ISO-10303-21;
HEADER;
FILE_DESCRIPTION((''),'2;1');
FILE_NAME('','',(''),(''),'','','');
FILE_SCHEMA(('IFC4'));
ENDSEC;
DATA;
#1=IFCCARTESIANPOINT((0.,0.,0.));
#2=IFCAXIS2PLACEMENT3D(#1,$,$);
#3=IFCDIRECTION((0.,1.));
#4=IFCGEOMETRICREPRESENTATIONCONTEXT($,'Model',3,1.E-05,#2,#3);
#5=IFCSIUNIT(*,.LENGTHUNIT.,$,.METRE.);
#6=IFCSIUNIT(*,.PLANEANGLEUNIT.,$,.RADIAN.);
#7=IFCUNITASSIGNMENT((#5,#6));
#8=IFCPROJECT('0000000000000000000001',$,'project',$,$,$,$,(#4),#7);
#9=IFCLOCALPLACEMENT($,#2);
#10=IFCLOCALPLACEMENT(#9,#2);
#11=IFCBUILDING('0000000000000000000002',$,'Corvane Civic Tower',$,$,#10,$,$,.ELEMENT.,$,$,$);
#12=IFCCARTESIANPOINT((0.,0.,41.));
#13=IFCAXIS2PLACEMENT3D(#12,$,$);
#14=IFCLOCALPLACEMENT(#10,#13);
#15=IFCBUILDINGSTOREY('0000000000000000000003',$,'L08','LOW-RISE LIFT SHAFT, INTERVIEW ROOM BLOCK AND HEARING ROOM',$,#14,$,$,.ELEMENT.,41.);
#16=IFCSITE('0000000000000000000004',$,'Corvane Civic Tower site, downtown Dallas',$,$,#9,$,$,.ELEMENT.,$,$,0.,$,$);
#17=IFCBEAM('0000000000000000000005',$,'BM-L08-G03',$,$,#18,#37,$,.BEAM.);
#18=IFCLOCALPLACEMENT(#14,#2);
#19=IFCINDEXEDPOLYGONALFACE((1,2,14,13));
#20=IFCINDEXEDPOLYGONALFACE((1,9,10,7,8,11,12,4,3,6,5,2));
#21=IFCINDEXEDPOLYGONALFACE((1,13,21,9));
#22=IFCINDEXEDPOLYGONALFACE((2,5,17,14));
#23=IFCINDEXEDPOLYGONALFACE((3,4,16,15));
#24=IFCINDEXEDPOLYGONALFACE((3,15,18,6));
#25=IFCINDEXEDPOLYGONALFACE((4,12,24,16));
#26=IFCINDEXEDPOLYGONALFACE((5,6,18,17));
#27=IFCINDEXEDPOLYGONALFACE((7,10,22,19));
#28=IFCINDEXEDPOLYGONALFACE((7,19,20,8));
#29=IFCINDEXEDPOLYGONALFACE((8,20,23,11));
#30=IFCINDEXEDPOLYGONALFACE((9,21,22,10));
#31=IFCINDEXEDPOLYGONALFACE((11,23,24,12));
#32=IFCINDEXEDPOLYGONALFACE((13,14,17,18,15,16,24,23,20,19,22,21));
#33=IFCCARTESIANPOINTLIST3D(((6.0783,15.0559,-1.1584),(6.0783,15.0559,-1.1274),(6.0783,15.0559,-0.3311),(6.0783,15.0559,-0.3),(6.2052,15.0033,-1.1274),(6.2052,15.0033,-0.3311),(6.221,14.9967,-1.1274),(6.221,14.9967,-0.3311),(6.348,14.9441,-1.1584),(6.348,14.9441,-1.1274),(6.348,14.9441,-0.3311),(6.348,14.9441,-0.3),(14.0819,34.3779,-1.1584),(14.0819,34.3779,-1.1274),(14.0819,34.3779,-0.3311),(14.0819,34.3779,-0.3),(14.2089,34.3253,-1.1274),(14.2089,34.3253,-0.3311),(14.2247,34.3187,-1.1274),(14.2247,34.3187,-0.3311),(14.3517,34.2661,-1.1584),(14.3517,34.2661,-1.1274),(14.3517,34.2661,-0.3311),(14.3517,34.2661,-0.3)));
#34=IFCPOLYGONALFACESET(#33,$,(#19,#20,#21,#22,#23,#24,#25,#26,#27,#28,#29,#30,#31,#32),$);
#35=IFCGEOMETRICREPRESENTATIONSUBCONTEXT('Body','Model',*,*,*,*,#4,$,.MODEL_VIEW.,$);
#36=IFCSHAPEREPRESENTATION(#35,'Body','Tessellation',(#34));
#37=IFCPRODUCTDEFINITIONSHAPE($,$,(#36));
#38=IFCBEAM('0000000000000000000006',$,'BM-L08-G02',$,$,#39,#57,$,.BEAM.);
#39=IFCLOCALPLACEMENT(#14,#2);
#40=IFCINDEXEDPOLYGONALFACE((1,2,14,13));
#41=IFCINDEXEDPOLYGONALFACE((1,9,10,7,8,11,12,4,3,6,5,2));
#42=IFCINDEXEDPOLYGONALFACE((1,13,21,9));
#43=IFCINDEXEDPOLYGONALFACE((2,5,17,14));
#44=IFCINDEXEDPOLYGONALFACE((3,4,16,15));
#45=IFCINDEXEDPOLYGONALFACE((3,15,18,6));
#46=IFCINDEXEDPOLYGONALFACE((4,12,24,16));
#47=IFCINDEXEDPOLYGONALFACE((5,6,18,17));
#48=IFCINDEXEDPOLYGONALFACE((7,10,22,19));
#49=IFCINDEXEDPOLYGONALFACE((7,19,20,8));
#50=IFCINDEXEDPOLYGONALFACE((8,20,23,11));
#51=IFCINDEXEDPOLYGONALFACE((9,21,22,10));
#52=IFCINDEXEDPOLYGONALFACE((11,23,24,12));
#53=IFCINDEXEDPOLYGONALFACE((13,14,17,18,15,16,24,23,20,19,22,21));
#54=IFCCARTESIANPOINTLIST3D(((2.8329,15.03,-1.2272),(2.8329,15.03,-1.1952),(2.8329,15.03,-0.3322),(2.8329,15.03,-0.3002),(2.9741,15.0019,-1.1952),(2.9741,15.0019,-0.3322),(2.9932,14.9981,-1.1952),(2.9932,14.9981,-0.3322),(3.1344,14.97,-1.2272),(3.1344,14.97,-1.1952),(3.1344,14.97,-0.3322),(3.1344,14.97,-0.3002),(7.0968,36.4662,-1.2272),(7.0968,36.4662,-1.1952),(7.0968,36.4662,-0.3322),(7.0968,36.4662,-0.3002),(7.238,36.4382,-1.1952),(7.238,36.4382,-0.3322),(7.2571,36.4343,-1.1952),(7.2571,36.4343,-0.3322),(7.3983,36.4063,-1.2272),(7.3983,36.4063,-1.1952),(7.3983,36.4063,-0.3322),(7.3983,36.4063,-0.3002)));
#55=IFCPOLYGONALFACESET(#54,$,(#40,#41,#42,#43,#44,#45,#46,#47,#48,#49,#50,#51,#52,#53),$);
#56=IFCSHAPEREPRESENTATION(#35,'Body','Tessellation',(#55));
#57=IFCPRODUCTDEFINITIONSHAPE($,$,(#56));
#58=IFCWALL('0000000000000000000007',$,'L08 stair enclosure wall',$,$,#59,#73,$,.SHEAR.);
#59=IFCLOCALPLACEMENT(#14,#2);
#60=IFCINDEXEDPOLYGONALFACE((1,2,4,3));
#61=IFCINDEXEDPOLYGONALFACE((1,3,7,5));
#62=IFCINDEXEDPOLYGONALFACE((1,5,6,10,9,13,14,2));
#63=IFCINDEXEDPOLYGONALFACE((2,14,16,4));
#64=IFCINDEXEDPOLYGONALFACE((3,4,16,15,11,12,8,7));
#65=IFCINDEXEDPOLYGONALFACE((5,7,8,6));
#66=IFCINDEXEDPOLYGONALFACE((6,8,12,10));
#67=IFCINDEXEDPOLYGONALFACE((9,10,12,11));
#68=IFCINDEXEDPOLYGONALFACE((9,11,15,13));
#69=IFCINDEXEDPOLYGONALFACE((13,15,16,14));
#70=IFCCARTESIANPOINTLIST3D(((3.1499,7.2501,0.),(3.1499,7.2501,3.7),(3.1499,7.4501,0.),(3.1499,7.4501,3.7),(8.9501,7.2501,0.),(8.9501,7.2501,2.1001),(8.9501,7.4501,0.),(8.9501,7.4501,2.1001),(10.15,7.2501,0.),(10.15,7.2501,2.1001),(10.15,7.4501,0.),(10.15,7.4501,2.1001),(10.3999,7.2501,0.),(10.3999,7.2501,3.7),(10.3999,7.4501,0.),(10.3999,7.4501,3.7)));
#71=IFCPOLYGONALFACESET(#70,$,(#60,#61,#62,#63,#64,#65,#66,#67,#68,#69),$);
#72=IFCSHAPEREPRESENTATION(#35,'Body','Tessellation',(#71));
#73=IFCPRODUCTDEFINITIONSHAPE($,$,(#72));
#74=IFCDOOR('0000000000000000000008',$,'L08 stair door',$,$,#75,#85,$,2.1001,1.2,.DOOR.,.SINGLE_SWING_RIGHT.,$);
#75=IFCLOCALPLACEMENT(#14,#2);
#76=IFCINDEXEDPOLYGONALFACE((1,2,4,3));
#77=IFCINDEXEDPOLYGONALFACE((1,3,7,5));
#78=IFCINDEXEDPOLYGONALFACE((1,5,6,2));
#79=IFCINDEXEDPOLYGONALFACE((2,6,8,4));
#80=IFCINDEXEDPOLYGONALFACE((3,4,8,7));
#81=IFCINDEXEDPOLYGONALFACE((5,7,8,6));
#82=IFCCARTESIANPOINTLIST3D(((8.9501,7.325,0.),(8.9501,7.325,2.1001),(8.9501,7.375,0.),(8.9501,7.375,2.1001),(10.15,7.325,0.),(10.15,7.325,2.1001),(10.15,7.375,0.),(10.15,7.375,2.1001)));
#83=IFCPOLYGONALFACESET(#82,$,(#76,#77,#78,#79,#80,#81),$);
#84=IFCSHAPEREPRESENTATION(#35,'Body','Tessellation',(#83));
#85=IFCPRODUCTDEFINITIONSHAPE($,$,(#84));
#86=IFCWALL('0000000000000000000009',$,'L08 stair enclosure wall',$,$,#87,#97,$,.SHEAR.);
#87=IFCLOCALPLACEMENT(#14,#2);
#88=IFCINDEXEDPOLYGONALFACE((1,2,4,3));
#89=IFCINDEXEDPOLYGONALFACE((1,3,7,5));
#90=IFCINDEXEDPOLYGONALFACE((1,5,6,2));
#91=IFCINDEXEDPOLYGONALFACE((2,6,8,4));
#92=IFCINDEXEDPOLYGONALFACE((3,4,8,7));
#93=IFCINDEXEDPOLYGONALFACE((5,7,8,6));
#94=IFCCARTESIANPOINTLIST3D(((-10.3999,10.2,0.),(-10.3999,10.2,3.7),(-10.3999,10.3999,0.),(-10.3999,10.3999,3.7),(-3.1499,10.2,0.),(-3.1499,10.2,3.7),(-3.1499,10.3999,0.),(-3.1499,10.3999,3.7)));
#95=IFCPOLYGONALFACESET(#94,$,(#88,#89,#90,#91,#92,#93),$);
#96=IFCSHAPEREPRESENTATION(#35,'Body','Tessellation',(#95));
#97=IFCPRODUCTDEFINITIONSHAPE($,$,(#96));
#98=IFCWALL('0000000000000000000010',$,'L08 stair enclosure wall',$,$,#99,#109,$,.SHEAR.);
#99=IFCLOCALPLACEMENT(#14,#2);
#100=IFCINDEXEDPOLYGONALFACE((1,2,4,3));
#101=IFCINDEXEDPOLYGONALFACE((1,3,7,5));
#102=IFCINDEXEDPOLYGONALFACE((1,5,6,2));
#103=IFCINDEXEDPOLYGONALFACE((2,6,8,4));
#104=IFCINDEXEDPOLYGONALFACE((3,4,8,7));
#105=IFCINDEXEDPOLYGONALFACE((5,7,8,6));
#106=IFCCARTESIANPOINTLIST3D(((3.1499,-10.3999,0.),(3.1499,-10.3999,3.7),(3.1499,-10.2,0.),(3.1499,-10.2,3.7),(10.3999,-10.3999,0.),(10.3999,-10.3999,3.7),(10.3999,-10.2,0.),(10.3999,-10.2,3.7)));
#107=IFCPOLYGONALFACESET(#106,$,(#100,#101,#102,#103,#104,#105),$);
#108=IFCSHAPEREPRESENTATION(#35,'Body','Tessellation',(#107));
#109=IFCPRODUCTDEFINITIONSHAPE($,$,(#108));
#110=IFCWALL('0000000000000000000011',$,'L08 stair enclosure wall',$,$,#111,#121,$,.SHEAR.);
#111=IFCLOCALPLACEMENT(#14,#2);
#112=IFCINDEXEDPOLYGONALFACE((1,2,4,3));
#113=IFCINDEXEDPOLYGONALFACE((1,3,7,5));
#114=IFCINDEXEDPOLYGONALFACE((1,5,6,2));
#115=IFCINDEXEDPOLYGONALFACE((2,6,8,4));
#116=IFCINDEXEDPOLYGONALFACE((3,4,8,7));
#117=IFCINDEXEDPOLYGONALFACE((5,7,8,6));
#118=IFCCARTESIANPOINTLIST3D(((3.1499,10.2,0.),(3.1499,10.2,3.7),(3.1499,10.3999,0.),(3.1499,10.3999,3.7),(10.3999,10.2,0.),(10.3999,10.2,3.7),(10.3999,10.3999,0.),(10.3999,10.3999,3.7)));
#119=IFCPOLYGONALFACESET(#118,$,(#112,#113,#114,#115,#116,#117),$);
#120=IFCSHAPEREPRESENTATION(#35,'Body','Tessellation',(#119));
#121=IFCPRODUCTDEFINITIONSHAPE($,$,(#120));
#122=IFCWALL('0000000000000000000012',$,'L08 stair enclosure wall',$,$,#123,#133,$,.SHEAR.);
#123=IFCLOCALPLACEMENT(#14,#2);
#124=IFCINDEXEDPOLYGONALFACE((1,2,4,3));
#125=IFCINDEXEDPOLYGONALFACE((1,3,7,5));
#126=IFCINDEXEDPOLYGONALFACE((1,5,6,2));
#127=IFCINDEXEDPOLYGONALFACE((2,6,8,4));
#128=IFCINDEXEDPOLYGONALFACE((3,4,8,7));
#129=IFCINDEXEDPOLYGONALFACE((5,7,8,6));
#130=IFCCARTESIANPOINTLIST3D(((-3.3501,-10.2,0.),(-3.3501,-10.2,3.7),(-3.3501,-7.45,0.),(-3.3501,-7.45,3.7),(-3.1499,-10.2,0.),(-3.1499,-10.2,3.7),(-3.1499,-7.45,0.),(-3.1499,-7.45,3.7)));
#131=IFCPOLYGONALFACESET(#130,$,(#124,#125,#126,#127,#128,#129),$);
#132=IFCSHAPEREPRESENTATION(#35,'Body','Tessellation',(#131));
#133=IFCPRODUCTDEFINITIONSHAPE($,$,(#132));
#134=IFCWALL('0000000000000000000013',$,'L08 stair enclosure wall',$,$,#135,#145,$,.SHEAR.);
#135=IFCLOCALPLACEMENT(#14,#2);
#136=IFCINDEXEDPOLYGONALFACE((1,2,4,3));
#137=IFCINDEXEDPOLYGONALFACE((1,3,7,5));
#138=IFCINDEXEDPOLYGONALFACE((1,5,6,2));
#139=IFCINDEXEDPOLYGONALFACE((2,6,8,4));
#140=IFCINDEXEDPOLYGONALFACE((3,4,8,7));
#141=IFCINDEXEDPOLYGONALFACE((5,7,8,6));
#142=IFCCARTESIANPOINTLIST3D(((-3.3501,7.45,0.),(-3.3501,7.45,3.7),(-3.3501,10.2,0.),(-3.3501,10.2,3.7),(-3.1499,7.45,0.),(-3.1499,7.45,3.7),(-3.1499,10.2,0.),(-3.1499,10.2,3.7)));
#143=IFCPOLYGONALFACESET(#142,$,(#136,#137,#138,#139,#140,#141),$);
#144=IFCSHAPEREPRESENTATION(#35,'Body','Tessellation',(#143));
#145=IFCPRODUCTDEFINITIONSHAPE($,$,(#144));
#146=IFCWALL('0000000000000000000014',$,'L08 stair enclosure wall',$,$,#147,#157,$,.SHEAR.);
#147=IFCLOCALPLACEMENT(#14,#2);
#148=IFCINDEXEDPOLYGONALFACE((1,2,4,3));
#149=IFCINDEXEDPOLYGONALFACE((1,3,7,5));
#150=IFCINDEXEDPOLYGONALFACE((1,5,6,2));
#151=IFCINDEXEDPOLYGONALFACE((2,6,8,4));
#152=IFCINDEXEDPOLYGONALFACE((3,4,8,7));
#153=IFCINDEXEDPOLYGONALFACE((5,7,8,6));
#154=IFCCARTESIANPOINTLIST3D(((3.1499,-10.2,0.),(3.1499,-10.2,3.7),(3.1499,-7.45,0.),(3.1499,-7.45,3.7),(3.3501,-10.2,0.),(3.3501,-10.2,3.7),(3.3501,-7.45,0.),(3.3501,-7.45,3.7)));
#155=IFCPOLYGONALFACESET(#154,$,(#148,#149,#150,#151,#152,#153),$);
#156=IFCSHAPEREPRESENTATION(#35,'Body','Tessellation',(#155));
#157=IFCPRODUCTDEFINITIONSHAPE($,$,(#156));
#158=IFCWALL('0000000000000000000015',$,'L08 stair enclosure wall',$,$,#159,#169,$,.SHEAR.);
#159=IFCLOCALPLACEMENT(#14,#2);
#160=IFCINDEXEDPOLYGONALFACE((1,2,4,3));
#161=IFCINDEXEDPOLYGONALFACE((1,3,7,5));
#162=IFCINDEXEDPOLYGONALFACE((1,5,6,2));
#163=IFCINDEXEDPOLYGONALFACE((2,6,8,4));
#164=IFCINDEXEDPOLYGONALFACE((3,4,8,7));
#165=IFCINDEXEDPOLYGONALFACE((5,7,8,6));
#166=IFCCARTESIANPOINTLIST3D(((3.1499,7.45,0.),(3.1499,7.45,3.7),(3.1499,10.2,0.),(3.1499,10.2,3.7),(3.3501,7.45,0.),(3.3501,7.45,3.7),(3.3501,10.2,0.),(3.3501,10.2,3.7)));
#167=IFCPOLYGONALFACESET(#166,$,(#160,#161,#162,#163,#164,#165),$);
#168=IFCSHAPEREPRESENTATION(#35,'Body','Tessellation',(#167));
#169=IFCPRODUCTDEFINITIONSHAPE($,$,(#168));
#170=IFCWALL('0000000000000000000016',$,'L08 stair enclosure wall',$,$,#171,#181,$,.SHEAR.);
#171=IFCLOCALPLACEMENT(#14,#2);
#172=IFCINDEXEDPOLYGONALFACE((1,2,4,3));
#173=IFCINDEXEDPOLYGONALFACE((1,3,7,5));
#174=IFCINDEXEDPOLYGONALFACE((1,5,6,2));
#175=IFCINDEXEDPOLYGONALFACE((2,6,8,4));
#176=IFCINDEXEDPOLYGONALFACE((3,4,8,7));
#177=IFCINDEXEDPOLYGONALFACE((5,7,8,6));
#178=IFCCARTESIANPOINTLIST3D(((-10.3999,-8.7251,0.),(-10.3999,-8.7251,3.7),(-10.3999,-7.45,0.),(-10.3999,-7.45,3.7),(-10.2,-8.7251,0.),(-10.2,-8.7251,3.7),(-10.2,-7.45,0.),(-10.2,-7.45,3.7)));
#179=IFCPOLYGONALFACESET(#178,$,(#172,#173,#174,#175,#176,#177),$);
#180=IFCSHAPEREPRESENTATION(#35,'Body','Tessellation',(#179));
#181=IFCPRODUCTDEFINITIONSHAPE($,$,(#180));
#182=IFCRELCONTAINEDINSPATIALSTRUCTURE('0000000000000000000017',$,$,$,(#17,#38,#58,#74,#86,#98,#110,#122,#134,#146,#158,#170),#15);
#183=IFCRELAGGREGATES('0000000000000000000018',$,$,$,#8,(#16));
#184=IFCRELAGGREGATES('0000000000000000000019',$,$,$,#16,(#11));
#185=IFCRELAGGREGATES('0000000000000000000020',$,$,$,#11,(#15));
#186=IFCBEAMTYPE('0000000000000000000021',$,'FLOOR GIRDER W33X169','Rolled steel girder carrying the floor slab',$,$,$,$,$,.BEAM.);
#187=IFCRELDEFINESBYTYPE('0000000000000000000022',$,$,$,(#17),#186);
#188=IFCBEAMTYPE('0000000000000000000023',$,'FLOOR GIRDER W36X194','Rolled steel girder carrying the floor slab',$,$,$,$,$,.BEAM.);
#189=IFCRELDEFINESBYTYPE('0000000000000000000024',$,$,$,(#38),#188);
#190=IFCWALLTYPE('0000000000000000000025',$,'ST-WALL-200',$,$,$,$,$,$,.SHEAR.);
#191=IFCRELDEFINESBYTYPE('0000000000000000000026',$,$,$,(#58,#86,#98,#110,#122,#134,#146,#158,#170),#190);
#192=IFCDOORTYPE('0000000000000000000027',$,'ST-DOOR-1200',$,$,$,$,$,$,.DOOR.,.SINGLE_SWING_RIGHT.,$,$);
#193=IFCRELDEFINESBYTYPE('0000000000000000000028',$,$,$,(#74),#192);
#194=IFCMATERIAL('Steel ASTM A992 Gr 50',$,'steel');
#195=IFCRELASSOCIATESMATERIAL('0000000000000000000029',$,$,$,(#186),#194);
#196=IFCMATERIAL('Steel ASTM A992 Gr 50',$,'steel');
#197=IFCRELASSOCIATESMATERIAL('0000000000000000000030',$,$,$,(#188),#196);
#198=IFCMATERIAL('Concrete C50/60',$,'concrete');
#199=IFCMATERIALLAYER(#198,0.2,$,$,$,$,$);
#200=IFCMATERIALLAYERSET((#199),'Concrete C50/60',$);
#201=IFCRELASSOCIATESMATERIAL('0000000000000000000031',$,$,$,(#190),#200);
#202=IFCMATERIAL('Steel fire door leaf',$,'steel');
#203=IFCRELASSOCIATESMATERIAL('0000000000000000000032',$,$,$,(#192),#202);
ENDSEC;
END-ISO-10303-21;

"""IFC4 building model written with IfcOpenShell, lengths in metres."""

from ifc_helpers import new_model, si_unit, direction, frame, frame_2d, origin, origin_2d, place, context, subcontext, project, spatial, polyline, rectangle, i_section, outline, extrude, material, layer, layer_set, material_profile, profile_set, type_object, element, fill, save


model = new_model("IFC4")

# Units and contexts
model_context = context("Model", 3, precision=1e-05, world=origin(), true_north=direction((0.0, 1.0)))
body_context = subcontext(model_context, "Body", "Model", "MODEL_VIEW")
ifc_project = project(units=[si_unit("LENGTHUNIT", "METRE"), si_unit("PLANEANGLEUNIT", "RADIAN")], contexts=[model_context])

# Site, building, storey
site_placement = place(None, origin())
site = spatial("IfcSite", under=ifc_project, at=site_placement, Name="Corvane Civic Tower site, downtown Dallas", CompositionType="ELEMENT", RefElevation=0.0)
building_placement = place(site_placement, origin())
building = spatial("IfcBuilding", under=site, at=building_placement, Name="Corvane Civic Tower", CompositionType="ELEMENT")
storey_placement = place(building_placement, frame((0.0, 0.0, 41.0)))
storey = spatial("IfcBuildingStorey", under=building, at=storey_placement, Name="L08", Description="LOW-RISE LIFT SHAFT, INTERVIEW ROOM BLOCK AND HEARING ROOM", CompositionType="ELEMENT", Elevation=41.0)

# Beams
ifc_material_1 = material(Name="Steel ASTM A992 Gr 50", Category="steel")
ifc_material_profile_1 = material_profile(ifc_material_1, i_section(OverallWidth=0.292, OverallDepth=0.8584, WebThickness=0.0171, FlangeThickness=0.031, at=origin_2d()), Name="W33X169")
ifc_profile_set_1 = profile_set([ifc_material_profile_1], Name="Steel ASTM A992 Gr 50")
beam_type_1 = type_object("IfcBeamType", Name="FLOOR GIRDER W33X169", Description="Rolled steel girder carrying the floor slab", PredefinedType="BEAM", material=ifc_profile_set_1)
beam_1_placement = place(storey_placement, frame((6.2131, 15.0, -0.7292), z_axis=(0.382692, 0.923876, 0.0), x_axis=(-0.923876, 0.382692, 0.0)))
element("IfcBeam", 1, at=beam_1_placement, inside=storey, type_object=beam_type_1, Name="BM-L08-G03", PredefinedType="BEAM", context=body_context, shape_type="SweptSolid", body=[
    extrude(i_section(OverallWidth=0.292, OverallDepth=0.8584, WebThickness=0.0171, FlangeThickness=0.031, at=origin_2d()), origin(), (0.0, 0.0, 1.0), 20.9141),
])
ifc_material_2 = material(Name="Steel ASTM A992 Gr 50", Category="steel")
ifc_material_profile_2 = material_profile(ifc_material_2, i_section(OverallWidth=0.3074, OverallDepth=0.927, WebThickness=0.0195, FlangeThickness=0.032, at=origin_2d()), Name="W36X194")
ifc_profile_set_2 = profile_set([ifc_material_profile_2], Name="Steel ASTM A992 Gr 50")
beam_type_2 = type_object("IfcBeamType", Name="FLOOR GIRDER W36X194", Description="Rolled steel girder carrying the floor slab", PredefinedType="BEAM", material=ifc_profile_set_2)
beam_2_placement = place(storey_placement, frame((2.9836, 15.0, -0.7637), z_axis=(0.195089, 0.980785, 0.0), x_axis=(-0.980785, 0.195089, 0.0)))
element("IfcBeam", 2, at=beam_2_placement, inside=storey, type_object=beam_type_2, Name="BM-L08-G02", PredefinedType="BEAM", context=body_context, shape_type="SweptSolid", body=[
    extrude(i_section(OverallWidth=0.3074, OverallDepth=0.927, WebThickness=0.0195, FlangeThickness=0.032, at=origin_2d()), origin(), (0.0, 0.0, 1.0), 21.8562),
])

# Wall, opening, door
ifc_material_3 = material(Name="Concrete C50/60", Category="concrete")
ifc_layer = layer(ifc_material_3, 0.2)
ifc_layer_set = layer_set([ifc_layer], Name="Concrete C50/60")
wall_type = type_object("IfcWallType", Name="ST-WALL-200", PredefinedType="SHEAR", material=ifc_layer_set)
wall_1_placement = place(storey_placement, frame((3.1499, 7.3501, 0.0), z_axis=(0.0, 0.0, 1.0), x_axis=(1.0, 0.0, 0.0)))
wall_1 = element("IfcWall", 3, at=wall_1_placement, inside=storey, type_object=wall_type, Name="L08 stair enclosure wall", PredefinedType="SHEAR", context=body_context, shape_type="SweptSolid", body=[
    extrude(rectangle(XDim=7.25, YDim=0.2, at=frame_2d((3.625, 0.0))), origin(), (0.0, 0.0, 1.0), 3.7),
])
opening_placement = place(wall_1_placement, frame((5.8, 0.0, 0.0)))
opening = element("IfcOpeningElement", 4, at=opening_placement, cuts=wall_1, PredefinedType="OPENING", context=body_context, shape_type="SweptSolid", body=[
    extrude(rectangle(XDim=1.2, YDim=2.1001, at=frame_2d((0.6001, 1.05))), frame((0.0, 0.1099, 0.0), z_axis=(0.0, -1.0, 0.0), x_axis=(1.0, 0.0, 0.0)), (0.0, 0.0, 1.0), 0.22),
])
ifc_material_4 = material(Name="Steel fire door leaf", Category="steel")
door_type = type_object("IfcDoorType", Name="ST-DOOR-1200", OperationType="SINGLE_SWING_RIGHT", PredefinedType="DOOR", material=ifc_material_4)
door_placement = place(opening_placement, origin())
door = element("IfcDoor", 5, at=door_placement, inside=storey, type_object=door_type, Name="L08 stair door", OperationType="SINGLE_SWING_RIGHT", OverallHeight=2.1001, OverallWidth=1.2, PredefinedType="DOOR", context=body_context, shape_type="SweptSolid", body=[
    extrude(rectangle(XDim=1.2, YDim=2.1001, at=frame_2d((0.6001, 1.05))), frame((0.0, 0.0249, 0.0), z_axis=(0.0, -1.0, 0.0), x_axis=(1.0, 0.0, 0.0)), (0.0, 0.0, 1.0), 0.05),
])
fill(opening, door)

# Walls
wall_2_placement = place(storey_placement, origin())
element("IfcWall", 6, at=wall_2_placement, inside=storey, type_object=wall_type, Name="L08 stair enclosure wall", PredefinedType="SHEAR", context=body_context, shape_type="SweptSolid", body=[
    extrude(outline(polyline([(-3.1499, 10.2), (-10.3999, 10.2), (-10.3999, 10.3999), (-3.1499, 10.3999), (-3.1499, 10.2)])), origin(), (0.0, 0.0, 1.0), 3.7),
])
wall_3_placement = place(storey_placement, origin())
element("IfcWall", 7, at=wall_3_placement, inside=storey, type_object=wall_type, Name="L08 stair enclosure wall", PredefinedType="SHEAR", context=body_context, shape_type="SweptSolid", body=[
    extrude(outline(polyline([(10.3999, -10.3999), (3.1499, -10.3999), (3.1499, -10.2), (10.3999, -10.2), (10.3999, -10.3999)])), origin(), (0.0, 0.0, 1.0), 3.7),
])
wall_4_placement = place(storey_placement, origin())
element("IfcWall", 8, at=wall_4_placement, inside=storey, type_object=wall_type, Name="L08 stair enclosure wall", PredefinedType="SHEAR", context=body_context, shape_type="SweptSolid", body=[
    extrude(outline(polyline([(10.3999, 10.2), (3.1499, 10.2), (3.1499, 10.3999), (10.3999, 10.3999), (10.3999, 10.2)])), origin(), (0.0, 0.0, 1.0), 3.7),
])
wall_5_placement = place(storey_placement, origin())
element("IfcWall", 9, at=wall_5_placement, inside=storey, type_object=wall_type, Name="L08 stair enclosure wall", PredefinedType="SHEAR", context=body_context, shape_type="SweptSolid", body=[
    extrude(outline(polyline([(-3.1499, -7.45), (-3.1499, -10.2), (-3.3501, -10.2), (-3.3501, -7.45), (-3.1499, -7.45)])), origin(), (0.0, 0.0, 1.0), 3.7),
])
wall_6_placement = place(storey_placement, origin())
element("IfcWall", 10, at=wall_6_placement, inside=storey, type_object=wall_type, Name="L08 stair enclosure wall", PredefinedType="SHEAR", context=body_context, shape_type="SweptSolid", body=[
    extrude(outline(polyline([(-3.1499, 7.45), (-3.3501, 7.45), (-3.3501, 10.2), (-3.1499, 10.2), (-3.1499, 7.45)])), origin(), (0.0, 0.0, 1.0), 3.7),
])
wall_7_placement = place(storey_placement, origin())
element("IfcWall", 11, at=wall_7_placement, inside=storey, type_object=wall_type, Name="L08 stair enclosure wall", PredefinedType="SHEAR", context=body_context, shape_type="SweptSolid", body=[
    extrude(outline(polyline([(3.3501, -7.45), (3.3501, -10.2), (3.1499, -10.2), (3.1499, -7.45), (3.3501, -7.45)])), origin(), (0.0, 0.0, 1.0), 3.7),
])
wall_8_placement = place(storey_placement, origin())
element("IfcWall", 12, at=wall_8_placement, inside=storey, type_object=wall_type, Name="L08 stair enclosure wall", PredefinedType="SHEAR", context=body_context, shape_type="SweptSolid", body=[
    extrude(outline(polyline([(3.3501, 7.45), (3.1499, 7.45), (3.1499, 10.2), (3.3501, 10.2), (3.3501, 7.45)])), origin(), (0.0, 0.0, 1.0), 3.7),
])
wall_9_placement = place(storey_placement, origin())
element("IfcWall", 13, at=wall_9_placement, inside=storey, type_object=wall_type, Name="L08 stair enclosure wall", PredefinedType="SHEAR", context=body_context, shape_type="SweptSolid", body=[
    extrude(outline(polyline([(-10.2, -7.45), (-10.2, -8.7251), (-10.3999, -8.7251), (-10.3999, -7.45), (-10.2, -7.45)])), origin(), (0.0, 0.0, 1.0), 3.7),
])

save(model, "model.ifc")
